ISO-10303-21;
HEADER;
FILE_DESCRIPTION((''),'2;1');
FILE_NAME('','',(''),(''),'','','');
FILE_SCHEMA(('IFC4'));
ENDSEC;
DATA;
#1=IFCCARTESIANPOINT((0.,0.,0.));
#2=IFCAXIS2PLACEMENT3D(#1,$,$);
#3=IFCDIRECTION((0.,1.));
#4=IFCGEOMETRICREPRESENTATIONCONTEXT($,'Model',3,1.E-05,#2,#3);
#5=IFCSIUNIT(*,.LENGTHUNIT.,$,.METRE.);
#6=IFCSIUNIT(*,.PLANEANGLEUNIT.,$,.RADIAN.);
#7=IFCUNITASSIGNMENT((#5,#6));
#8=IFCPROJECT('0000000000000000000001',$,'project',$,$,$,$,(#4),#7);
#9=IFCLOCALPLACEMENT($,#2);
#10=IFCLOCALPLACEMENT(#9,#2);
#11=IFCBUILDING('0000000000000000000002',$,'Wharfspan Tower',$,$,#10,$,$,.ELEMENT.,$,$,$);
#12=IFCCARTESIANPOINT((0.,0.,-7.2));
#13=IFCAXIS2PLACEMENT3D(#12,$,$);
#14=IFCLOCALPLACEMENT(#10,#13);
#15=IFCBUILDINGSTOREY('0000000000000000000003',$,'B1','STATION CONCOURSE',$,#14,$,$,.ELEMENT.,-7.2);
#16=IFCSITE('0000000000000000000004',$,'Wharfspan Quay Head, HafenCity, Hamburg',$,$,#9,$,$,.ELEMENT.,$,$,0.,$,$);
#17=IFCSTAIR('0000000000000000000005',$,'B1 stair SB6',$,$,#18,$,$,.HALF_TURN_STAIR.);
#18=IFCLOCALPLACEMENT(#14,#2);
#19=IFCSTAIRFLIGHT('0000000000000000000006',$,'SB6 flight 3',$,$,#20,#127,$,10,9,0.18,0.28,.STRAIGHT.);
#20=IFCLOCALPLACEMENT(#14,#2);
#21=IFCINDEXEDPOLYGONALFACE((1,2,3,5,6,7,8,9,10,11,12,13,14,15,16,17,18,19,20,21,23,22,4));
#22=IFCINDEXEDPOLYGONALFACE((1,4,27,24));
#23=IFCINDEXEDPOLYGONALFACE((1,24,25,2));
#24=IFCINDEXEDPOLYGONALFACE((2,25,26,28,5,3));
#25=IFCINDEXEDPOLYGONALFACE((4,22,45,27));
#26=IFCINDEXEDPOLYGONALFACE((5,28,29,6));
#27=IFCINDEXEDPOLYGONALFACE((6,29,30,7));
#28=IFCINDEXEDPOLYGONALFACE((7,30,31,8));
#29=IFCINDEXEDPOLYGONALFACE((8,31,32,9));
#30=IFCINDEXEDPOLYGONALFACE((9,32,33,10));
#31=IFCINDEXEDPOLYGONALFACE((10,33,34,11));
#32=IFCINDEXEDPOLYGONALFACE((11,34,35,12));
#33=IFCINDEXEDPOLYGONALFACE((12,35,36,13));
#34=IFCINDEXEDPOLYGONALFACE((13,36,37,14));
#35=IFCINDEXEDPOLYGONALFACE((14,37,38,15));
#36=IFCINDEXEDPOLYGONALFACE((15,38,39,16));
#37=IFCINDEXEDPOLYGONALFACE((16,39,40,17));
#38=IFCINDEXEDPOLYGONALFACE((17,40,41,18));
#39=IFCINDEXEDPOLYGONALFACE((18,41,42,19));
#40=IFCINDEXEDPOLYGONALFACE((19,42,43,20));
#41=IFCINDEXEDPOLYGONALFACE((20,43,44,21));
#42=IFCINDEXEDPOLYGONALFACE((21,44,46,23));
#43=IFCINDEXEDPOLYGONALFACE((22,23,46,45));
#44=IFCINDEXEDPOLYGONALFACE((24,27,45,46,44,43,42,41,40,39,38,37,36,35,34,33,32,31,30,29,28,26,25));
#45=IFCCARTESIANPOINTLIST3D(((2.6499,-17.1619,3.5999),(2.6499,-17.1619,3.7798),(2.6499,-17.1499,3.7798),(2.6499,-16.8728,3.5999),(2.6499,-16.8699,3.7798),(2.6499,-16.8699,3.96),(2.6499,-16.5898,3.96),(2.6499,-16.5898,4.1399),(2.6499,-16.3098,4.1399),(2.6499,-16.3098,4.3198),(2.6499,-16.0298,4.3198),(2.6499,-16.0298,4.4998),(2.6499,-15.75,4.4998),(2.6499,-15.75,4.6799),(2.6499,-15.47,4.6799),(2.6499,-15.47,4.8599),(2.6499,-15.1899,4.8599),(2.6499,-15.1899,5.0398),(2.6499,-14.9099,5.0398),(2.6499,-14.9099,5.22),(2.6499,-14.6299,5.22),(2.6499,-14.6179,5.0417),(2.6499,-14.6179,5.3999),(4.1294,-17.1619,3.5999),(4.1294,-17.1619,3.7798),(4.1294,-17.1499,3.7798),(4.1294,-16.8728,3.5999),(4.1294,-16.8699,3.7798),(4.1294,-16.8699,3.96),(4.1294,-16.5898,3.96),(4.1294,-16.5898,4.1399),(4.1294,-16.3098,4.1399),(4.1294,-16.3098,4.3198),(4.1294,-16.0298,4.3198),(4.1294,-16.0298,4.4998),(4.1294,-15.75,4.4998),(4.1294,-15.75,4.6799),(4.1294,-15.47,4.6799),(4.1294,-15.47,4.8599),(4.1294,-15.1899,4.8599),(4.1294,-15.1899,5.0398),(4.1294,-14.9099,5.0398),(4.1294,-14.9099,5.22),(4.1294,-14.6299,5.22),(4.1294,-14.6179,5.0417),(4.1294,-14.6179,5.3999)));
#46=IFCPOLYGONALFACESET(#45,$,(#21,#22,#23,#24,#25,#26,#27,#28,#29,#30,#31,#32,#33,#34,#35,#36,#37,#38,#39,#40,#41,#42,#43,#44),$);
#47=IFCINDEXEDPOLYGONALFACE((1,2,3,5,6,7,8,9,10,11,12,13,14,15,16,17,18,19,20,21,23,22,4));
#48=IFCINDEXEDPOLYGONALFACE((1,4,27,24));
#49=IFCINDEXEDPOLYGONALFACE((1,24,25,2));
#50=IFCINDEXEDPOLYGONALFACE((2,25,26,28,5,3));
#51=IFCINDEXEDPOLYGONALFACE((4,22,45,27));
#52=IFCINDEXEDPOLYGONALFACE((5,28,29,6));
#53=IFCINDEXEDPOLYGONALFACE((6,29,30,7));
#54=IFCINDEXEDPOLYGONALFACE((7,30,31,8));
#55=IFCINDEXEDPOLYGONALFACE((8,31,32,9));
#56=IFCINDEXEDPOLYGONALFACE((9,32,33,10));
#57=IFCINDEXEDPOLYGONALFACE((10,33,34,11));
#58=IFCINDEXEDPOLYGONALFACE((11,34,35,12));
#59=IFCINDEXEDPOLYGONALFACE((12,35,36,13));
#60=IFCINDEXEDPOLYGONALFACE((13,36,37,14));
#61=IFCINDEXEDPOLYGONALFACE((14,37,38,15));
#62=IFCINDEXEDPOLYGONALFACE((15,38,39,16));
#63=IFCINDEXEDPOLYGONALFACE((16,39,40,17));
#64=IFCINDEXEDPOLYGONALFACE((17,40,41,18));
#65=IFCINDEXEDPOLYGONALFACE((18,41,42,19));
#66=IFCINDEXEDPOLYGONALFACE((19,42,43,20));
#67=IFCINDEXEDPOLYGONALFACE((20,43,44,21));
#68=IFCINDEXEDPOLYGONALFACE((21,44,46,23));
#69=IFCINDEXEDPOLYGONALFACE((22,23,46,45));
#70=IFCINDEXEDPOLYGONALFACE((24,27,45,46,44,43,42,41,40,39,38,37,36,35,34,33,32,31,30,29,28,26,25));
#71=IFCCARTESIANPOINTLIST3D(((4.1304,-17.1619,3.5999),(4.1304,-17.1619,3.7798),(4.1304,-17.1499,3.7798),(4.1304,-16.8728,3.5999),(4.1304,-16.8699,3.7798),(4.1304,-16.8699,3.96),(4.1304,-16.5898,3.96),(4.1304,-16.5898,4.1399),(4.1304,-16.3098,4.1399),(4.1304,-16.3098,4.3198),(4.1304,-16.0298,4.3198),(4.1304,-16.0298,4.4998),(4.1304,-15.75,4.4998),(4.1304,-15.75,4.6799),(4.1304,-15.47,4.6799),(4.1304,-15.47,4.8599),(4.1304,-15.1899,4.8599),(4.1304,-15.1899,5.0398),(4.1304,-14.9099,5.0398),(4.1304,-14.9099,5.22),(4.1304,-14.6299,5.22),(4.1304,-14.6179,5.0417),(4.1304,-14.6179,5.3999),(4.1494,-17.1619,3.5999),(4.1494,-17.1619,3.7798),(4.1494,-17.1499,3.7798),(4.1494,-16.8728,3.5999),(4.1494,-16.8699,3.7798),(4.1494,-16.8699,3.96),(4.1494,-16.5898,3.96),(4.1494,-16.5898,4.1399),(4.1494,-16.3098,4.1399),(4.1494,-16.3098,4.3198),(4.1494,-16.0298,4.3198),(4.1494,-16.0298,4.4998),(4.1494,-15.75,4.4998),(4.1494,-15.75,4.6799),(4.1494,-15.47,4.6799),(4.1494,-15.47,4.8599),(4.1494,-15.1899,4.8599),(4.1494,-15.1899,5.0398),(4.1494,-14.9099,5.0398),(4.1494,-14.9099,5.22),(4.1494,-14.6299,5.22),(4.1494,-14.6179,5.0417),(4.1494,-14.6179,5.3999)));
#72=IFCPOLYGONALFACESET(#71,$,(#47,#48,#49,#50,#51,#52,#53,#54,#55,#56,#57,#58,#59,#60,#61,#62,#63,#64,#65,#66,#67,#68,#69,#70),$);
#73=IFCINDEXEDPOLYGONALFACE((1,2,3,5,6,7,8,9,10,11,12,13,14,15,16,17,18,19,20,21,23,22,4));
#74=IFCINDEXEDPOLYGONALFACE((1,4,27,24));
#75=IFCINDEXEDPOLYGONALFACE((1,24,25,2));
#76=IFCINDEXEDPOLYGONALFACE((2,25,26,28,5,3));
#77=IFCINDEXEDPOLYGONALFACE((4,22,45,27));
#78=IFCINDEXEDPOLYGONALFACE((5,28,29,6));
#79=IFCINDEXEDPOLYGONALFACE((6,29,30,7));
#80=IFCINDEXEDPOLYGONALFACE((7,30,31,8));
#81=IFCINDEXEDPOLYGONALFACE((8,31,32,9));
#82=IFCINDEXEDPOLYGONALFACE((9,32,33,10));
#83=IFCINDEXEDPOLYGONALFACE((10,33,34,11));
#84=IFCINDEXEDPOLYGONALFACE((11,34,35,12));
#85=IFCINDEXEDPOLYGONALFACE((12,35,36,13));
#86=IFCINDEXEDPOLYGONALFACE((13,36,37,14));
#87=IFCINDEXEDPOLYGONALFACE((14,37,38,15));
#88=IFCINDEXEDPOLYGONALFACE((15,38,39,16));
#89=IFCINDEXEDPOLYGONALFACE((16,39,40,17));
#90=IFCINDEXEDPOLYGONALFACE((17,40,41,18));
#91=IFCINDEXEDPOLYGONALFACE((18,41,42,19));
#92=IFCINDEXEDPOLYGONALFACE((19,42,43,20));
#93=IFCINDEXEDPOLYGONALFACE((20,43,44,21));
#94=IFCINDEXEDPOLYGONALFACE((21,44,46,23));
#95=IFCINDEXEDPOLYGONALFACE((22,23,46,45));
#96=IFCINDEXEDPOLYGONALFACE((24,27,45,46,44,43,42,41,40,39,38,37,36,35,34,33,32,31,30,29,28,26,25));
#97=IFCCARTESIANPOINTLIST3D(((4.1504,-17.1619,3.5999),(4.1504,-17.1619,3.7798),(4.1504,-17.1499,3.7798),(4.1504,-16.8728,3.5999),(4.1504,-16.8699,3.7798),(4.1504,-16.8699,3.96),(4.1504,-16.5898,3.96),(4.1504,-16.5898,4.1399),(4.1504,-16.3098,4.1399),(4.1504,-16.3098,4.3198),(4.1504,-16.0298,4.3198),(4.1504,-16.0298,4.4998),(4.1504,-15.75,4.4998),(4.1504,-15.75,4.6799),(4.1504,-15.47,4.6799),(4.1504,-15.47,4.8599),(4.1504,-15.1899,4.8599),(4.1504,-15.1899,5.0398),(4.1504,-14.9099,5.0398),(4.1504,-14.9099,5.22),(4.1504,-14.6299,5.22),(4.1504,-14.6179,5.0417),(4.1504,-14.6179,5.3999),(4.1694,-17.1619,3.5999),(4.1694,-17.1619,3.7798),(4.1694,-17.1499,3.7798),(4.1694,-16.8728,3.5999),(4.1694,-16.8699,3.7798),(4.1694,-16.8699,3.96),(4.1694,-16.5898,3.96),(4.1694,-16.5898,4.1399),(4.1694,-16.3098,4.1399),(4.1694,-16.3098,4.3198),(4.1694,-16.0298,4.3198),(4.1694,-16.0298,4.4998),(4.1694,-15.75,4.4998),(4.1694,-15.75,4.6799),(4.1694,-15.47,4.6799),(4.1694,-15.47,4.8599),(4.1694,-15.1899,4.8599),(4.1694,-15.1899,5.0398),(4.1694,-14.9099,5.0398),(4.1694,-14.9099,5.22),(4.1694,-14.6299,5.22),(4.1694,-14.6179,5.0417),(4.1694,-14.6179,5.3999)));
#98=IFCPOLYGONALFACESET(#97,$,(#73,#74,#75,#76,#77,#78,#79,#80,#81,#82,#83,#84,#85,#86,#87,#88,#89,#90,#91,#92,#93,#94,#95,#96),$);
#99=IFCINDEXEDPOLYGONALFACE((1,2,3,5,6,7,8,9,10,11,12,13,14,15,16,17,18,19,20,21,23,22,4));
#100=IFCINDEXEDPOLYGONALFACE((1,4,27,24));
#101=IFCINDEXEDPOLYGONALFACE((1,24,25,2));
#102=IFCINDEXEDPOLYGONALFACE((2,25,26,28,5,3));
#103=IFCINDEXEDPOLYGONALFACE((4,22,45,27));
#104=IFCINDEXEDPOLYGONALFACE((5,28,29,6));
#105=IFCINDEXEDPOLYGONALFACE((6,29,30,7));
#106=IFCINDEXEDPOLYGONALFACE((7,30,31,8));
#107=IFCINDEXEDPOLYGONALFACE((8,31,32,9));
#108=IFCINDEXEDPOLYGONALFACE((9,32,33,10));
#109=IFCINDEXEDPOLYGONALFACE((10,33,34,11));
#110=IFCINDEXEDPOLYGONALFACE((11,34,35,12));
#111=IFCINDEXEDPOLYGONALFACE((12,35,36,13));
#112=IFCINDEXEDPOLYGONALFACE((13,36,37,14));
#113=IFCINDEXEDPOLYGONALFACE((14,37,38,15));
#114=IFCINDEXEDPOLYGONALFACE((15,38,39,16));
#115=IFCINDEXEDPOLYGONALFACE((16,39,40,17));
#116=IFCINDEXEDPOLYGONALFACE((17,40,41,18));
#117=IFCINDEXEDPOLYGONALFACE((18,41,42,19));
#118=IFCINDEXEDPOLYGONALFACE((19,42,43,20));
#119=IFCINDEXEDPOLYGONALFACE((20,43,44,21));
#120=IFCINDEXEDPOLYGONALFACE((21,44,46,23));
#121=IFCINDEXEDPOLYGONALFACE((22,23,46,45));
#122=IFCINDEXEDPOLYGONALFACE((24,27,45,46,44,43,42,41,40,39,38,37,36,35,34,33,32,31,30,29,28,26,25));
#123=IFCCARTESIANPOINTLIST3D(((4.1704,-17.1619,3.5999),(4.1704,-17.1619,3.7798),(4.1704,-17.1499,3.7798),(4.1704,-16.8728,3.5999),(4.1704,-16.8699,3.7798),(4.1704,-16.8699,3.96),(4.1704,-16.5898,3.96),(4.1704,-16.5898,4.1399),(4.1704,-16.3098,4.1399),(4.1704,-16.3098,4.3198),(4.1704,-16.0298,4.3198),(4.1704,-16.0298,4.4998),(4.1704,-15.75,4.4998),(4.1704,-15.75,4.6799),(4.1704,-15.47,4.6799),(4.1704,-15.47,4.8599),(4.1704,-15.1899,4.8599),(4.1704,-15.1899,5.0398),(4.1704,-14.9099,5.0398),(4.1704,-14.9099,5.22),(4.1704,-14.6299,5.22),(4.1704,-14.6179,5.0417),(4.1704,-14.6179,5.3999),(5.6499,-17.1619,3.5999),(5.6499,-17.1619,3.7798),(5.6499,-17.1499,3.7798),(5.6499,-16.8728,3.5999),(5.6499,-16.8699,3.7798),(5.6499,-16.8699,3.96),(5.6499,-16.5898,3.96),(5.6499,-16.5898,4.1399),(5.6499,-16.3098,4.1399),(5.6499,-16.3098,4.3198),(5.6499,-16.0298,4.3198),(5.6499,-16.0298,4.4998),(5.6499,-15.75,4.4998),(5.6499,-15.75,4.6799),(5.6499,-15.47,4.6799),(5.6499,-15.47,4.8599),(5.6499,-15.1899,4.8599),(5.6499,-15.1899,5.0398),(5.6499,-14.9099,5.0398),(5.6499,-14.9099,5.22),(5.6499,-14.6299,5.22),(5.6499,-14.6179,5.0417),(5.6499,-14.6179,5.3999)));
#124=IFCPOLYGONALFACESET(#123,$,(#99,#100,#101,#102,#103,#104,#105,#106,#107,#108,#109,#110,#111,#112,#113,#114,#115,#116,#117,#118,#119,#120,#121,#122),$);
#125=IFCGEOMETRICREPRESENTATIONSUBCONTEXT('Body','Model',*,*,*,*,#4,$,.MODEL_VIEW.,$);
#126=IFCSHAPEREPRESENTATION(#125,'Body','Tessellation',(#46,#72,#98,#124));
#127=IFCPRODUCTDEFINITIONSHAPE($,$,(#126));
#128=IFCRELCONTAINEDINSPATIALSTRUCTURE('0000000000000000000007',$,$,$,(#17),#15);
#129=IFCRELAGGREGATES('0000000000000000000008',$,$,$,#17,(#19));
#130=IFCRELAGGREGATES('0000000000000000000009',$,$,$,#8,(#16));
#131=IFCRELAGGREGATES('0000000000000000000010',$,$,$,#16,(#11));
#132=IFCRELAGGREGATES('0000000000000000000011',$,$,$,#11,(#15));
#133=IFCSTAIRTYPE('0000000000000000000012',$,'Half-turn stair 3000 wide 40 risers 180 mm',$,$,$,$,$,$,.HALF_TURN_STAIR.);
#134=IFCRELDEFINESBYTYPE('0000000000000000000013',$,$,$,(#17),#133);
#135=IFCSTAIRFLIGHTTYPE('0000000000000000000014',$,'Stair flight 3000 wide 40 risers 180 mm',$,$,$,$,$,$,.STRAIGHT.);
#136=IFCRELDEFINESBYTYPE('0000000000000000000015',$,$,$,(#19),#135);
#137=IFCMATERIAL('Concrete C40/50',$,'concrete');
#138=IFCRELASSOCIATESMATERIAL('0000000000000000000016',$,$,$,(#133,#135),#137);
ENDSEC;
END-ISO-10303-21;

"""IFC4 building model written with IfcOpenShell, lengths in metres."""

from ifc_helpers import new_model, si_unit, direction, frame, origin, place, context, subcontext, project, spatial, polyline, outline, extrude, material, type_object, element, aggregate, save


model = new_model("IFC4")

# Units and contexts
model_context = context("Model", 3, precision=1e-05, world=origin(), true_north=direction((0.0, 1.0)))
body_context = subcontext(model_context, "Body", "Model", "MODEL_VIEW")
ifc_project = project(units=[si_unit("LENGTHUNIT", "METRE"), si_unit("PLANEANGLEUNIT", "RADIAN")], contexts=[model_context])

# Site, building, storey
site_placement = place(None, origin())
site = spatial("IfcSite", under=ifc_project, at=site_placement, Name="Wharfspan Quay Head, HafenCity, Hamburg", CompositionType="ELEMENT", RefElevation=0.0)
building_placement = place(site_placement, origin())
building = spatial("IfcBuilding", under=site, at=building_placement, Name="Wharfspan Tower", CompositionType="ELEMENT")
storey_placement = place(building_placement, frame((0.0, 0.0, -7.2)))
storey = spatial("IfcBuildingStorey", under=building, at=storey_placement, Name="B1", Description="STATION CONCOURSE", CompositionType="ELEMENT", Elevation=-7.2)

# Stair, stair flight
ifc_material_1 = material(Name="Concrete C40/50", Category="concrete")
stair_type = type_object("IfcStairType", Name="Half-turn stair 3000 wide 40 risers 180 mm", PredefinedType="HALF_TURN_STAIR", material=ifc_material_1)
stair_placement = place(storey_placement, origin())
stair = element("IfcStair", 1, at=stair_placement, inside=storey, type_object=stair_type, Name="B1 stair SB6", PredefinedType="HALF_TURN_STAIR")
stair_flight_type = type_object("IfcStairFlightType", Name="Stair flight 3000 wide 40 risers 180 mm", PredefinedType="STRAIGHT", material=ifc_material_1)
stair_flight_1_placement = place(storey_placement, frame((4.1499, -17.1499, 3.5999), z_axis=(0.0, 0.0, 1.0), x_axis=(0.0, 1.0, 0.0)))
stair_flight_1 = element("IfcStairFlight", 2, at=stair_flight_1_placement, type_object=stair_flight_type, Name="SB6 flight 3", NumberOfRisers=10, NumberOfTreads=9, PredefinedType="STRAIGHT", RiserHeight=0.18, TreadLength=0.28, context=body_context, shape_type="SweptSolid", body=[
    extrude(outline(polyline([(-0.012, 0.0), (-0.012, 0.1799), (0.0, 0.1799), (0.28, 0.1799), (0.28, 0.3601), (0.5601, 0.3601), (0.5601, 0.54), (0.8401, 0.54), (0.8401, 0.72), (1.1201, 0.72), (1.1201, 0.8999), (1.3999, 0.8999), (1.3999, 1.0801), (1.6799, 1.0801), (1.6799, 1.26), (1.96, 1.26), (1.96, 1.4399), (2.24, 1.4399), (2.24, 1.6201), (2.52, 1.6201), (2.532, 1.8), (2.532, 1.4419), (0.2771, 0.0), (-0.012, 0.0)])), frame((0.0, 1.5, 0.0), z_axis=(0.0, -1.0, 0.0), x_axis=(1.0, 0.0, 0.0)), (0.0, 0.0, 1.0), 1.4795),
    extrude(outline(polyline([(-0.012, 0.0), (-0.012, 0.1799), (0.0, 0.1799), (0.28, 0.1799), (0.28, 0.3601), (0.5601, 0.3601), (0.5601, 0.54), (0.8401, 0.54), (0.8401, 0.72), (1.1201, 0.72), (1.1201, 0.8999), (1.3999, 0.8999), (1.3999, 1.0801), (1.6799, 1.0801), (1.6799, 1.26), (1.96, 1.26), (1.96, 1.4399), (2.24, 1.4399), (2.24, 1.6201), (2.52, 1.6201), (2.532, 1.8), (2.532, 1.4419), (0.2771, 0.0), (-0.012, 0.0)])), frame((0.0, 0.0195, 0.0), z_axis=(0.0, -1.0, 0.0), x_axis=(1.0, 0.0, 0.0)), (0.0, 0.0, 1.0), 0.019),
    extrude(outline(polyline([(-0.012, 0.0), (-0.012, 0.1799), (0.0, 0.1799), (0.28, 0.1799), (0.28, 0.3601), (0.5601, 0.3601), (0.5601, 0.54), (0.8401, 0.54), (0.8401, 0.72), (1.1201, 0.72), (1.1201, 0.8999), (1.3999, 0.8999), (1.3999, 1.0801), (1.6799, 1.0801), (1.6799, 1.26), (1.96, 1.26), (1.96, 1.4399), (2.24, 1.4399), (2.24, 1.6201), (2.52, 1.6201), (2.532, 1.8), (2.532, 1.4419), (0.2771, 0.0), (-0.012, 0.0)])), frame((0.0, -0.0005, 0.0), z_axis=(0.0, -1.0, 0.0), x_axis=(1.0, 0.0, 0.0)), (0.0, 0.0, 1.0), 0.019),
    extrude(outline(polyline([(-0.012, 0.0), (-0.012, 0.1799), (0.0, 0.1799), (0.28, 0.1799), (0.28, 0.3601), (0.5601, 0.3601), (0.5601, 0.54), (0.8401, 0.54), (0.8401, 0.72), (1.1201, 0.72), (1.1201, 0.8999), (1.3999, 0.8999), (1.3999, 1.0801), (1.6799, 1.0801), (1.6799, 1.26), (1.96, 1.26), (1.96, 1.4399), (2.24, 1.4399), (2.24, 1.6201), (2.52, 1.6201), (2.532, 1.8), (2.532, 1.4419), (0.2771, 0.0), (-0.012, 0.0)])), frame((0.0, -0.0205, 0.0), z_axis=(0.0, -1.0, 0.0), x_axis=(1.0, 0.0, 0.0)), (0.0, 0.0, 1.0), 1.4795),
])
aggregate(stair, [stair_flight_1])

save(model, "model.ifc")
